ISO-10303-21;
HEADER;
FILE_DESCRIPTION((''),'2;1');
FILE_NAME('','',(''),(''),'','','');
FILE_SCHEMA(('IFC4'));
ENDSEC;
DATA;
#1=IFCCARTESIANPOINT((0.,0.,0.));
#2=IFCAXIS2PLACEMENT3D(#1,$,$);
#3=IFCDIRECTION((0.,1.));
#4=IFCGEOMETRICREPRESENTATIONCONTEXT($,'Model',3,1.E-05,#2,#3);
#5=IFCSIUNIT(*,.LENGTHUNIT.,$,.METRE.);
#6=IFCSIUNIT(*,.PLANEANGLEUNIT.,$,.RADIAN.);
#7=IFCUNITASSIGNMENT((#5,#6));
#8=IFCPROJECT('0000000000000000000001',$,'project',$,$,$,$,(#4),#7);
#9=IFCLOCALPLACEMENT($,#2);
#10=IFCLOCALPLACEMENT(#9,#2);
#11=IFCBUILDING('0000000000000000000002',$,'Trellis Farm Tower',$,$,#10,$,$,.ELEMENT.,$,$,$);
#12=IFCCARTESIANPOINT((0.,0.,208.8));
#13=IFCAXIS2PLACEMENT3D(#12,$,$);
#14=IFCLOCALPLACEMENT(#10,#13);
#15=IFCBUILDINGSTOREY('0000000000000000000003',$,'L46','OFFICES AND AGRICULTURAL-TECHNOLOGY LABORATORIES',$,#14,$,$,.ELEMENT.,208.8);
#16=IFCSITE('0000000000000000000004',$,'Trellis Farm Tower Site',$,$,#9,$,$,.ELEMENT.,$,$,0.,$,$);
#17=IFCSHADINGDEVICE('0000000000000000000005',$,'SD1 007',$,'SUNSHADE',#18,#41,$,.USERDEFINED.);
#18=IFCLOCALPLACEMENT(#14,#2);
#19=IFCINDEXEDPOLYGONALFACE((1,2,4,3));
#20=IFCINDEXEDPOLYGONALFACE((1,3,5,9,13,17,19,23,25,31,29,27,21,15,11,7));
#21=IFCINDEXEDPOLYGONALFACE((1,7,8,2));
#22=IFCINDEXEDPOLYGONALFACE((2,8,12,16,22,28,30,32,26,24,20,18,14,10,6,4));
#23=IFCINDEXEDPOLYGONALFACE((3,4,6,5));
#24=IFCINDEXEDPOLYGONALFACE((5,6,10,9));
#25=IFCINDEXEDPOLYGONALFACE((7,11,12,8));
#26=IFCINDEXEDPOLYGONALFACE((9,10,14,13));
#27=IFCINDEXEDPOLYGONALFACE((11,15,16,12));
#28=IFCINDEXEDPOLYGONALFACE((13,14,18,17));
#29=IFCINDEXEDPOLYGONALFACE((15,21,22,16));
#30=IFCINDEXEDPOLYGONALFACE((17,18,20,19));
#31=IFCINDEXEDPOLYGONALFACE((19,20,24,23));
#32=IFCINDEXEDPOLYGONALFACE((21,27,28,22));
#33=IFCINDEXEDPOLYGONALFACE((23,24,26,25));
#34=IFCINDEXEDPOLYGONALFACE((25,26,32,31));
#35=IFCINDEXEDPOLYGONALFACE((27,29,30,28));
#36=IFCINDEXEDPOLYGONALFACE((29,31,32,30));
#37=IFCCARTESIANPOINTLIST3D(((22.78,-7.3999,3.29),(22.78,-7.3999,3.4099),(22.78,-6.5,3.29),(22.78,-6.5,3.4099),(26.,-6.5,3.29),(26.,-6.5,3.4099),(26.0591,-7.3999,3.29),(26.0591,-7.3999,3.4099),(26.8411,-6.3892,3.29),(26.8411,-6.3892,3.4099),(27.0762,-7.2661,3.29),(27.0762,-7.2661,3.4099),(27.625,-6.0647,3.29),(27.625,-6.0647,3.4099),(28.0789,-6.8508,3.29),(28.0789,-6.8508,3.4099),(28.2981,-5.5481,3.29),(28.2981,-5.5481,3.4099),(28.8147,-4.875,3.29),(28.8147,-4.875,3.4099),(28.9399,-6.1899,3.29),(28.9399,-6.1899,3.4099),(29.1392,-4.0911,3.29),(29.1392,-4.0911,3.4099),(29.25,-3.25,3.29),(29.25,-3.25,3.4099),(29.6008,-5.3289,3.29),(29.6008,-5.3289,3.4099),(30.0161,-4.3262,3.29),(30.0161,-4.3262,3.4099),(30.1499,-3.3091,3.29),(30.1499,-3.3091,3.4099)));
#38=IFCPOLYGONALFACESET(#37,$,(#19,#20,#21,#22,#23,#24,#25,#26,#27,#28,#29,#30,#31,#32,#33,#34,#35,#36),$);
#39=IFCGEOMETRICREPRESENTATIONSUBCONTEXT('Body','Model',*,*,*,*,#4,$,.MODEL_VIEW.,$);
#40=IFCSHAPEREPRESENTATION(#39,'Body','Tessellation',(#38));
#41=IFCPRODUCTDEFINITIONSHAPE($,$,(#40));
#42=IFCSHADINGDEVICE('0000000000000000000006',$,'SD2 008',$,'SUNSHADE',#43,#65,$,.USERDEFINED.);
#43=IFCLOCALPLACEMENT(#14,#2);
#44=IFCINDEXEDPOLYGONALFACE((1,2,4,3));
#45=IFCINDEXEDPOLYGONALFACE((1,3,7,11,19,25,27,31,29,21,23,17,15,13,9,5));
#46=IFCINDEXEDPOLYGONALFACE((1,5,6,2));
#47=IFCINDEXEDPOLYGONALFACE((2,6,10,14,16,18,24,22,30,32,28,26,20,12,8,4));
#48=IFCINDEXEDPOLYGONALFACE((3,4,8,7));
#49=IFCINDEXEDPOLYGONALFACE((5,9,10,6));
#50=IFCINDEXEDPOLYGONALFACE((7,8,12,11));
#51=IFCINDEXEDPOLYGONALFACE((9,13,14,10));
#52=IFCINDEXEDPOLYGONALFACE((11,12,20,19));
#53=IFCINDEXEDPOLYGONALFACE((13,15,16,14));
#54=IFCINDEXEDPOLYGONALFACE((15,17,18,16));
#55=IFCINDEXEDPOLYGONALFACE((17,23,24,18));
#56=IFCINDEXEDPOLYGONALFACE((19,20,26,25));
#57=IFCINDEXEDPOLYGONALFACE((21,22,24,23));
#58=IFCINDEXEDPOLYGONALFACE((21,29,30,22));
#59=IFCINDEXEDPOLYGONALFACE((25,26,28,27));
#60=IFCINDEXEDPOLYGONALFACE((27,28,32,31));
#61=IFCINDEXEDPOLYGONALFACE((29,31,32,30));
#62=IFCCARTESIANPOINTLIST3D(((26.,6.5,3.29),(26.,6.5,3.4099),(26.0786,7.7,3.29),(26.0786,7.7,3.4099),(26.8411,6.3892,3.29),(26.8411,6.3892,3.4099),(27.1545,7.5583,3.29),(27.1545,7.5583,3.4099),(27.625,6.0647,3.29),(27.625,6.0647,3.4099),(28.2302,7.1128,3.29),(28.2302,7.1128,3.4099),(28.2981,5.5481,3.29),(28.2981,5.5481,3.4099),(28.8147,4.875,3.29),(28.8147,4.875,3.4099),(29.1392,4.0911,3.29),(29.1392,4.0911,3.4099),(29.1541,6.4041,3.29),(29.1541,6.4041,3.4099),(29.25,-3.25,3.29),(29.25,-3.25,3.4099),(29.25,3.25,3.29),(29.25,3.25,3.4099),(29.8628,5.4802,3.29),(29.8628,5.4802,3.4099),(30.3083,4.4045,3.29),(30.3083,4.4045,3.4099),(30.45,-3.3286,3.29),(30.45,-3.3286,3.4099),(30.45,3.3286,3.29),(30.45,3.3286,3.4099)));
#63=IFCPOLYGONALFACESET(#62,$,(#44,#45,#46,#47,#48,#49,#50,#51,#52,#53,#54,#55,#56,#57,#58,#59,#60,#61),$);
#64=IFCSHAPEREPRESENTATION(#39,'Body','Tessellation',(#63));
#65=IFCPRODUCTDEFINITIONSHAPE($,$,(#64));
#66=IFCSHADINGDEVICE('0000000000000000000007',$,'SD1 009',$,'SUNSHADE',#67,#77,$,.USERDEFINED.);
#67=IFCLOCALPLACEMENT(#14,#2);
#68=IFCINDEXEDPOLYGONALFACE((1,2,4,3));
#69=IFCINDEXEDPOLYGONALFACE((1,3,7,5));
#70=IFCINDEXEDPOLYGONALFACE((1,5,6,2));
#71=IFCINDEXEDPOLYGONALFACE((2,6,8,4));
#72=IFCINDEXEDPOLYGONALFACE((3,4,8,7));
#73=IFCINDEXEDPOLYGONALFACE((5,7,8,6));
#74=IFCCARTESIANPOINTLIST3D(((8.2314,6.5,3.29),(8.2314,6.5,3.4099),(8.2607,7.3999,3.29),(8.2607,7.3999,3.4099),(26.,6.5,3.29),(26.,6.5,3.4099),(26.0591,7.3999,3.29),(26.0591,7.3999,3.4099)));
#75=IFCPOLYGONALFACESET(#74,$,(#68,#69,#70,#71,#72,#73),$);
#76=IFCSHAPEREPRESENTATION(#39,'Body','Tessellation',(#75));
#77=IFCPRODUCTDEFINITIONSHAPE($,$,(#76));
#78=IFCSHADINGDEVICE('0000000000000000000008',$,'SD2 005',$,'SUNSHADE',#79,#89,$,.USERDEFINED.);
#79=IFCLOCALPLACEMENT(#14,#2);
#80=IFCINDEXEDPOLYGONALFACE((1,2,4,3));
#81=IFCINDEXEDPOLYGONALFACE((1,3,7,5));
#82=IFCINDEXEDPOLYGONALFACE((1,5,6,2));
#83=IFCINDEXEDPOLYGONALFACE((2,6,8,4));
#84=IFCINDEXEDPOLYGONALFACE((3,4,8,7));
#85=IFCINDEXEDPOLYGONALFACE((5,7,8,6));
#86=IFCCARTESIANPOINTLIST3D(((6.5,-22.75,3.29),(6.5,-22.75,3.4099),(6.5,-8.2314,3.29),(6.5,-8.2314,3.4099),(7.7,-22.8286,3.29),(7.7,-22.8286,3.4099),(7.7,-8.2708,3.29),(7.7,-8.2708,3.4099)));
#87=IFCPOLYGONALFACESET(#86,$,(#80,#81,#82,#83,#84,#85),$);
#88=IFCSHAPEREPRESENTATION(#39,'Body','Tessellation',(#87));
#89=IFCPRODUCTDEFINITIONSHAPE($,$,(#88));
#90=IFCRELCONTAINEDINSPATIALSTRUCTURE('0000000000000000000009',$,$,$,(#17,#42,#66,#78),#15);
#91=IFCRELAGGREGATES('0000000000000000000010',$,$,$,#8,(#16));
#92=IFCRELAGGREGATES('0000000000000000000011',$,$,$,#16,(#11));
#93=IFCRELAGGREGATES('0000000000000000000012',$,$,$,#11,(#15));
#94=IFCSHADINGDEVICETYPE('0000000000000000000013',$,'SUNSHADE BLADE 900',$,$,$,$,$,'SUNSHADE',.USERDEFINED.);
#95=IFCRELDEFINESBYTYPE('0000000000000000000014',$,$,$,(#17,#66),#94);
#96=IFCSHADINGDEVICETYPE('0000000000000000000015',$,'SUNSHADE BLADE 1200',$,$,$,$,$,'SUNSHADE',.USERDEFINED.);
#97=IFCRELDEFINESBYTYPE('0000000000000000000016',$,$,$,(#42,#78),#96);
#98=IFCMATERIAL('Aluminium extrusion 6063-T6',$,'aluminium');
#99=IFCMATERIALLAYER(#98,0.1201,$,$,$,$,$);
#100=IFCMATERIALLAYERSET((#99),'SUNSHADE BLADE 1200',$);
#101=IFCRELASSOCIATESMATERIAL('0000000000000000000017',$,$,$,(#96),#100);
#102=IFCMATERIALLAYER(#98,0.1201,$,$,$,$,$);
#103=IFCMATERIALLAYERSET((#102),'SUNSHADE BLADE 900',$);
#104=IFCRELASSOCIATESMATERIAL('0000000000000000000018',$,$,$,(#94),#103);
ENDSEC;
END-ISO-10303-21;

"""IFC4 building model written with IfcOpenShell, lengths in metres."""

from ifc_helpers import new_model, si_unit, direction, frame, origin, place, context, subcontext, project, spatial, polyline, outline, extrude, source, transform, mapped, material, layer, layer_set, type_object, element, save


model = new_model("IFC4")

# Units and contexts
model_context = context("Model", 3, precision=1e-05, world=origin(), true_north=direction((0.0, 1.0)))
body_context = subcontext(model_context, "Body", "Model", "MODEL_VIEW")
ifc_project = project(units=[si_unit("LENGTHUNIT", "METRE"), si_unit("PLANEANGLEUNIT", "RADIAN")], contexts=[model_context])

# Site, building, storey
site_placement = place(None, origin())
site = spatial("IfcSite", under=ifc_project, at=site_placement, Name="Trellis Farm Tower Site", CompositionType="ELEMENT", RefElevation=0.0)
building_placement = place(site_placement, origin())
building = spatial("IfcBuilding", under=site, at=building_placement, Name="Trellis Farm Tower", CompositionType="ELEMENT")
storey_placement = place(building_placement, frame((0.0, 0.0, 208.8)))
storey = spatial("IfcBuildingStorey", under=building, at=storey_placement, Name="L46", Description="OFFICES AND AGRICULTURAL-TECHNOLOGY LABORATORIES", CompositionType="ELEMENT", Elevation=208.8)

# Shared definitions
ifc_material_1 = material(Name="Aluminium extrusion 6063-T6", Category="aluminium")

# Shading devices
ifc_layer_1 = layer(ifc_material_1, 0.1201)
ifc_layer_set_1 = layer_set([ifc_layer_1], Name="SUNSHADE BLADE 1200")
shading_device_type_1 = type_object("IfcShadingDeviceType", Name="SUNSHADE BLADE 1200", ElementType="SUNSHADE", PredefinedType="USERDEFINED", material=ifc_layer_set_1)
placement_1 = place(storey_placement, frame((0.0, 0.0, 3.29)))
ifc_layer_2 = layer(ifc_material_1, 0.1201)
ifc_layer_set_2 = layer_set([ifc_layer_2], Name="SUNSHADE BLADE 900")
shading_device_type_2 = type_object("IfcShadingDeviceType", Name="SUNSHADE BLADE 900", ElementType="SUNSHADE", PredefinedType="USERDEFINED", material=ifc_layer_set_2)
shared_shape_1 = source(origin(), body_context, "Body", "SweptSolid", [
    extrude(outline(polyline([(22.78, -7.3999), (26.0591, -7.3999), (27.0762, -7.2661), (28.0789, -6.8508), (28.9399, -6.1899), (29.6008, -5.3289), (30.0161, -4.3262), (30.1499, -3.3091), (29.25, -3.25), (29.1392, -4.0911), (28.8147, -4.875), (28.2981, -5.5481), (27.625, -6.0647), (26.8411, -6.3892), (26.0, -6.5), (22.78, -6.5), (22.78, -7.3999)])), origin(), (0.0, 0.0, 1.0), 0.1199),
])
element("IfcShadingDevice", 1, at=placement_1, inside=storey, type_object=shading_device_type_2, Name="SD1 007", ObjectType="SUNSHADE", PredefinedType="USERDEFINED", context=body_context, shape_type="MappedRepresentation", body=[
    mapped(shared_shape_1, transform((0.0, 0.0, 0.0))),
])
shared_shape_2 = source(origin(), body_context, "Body", "SweptSolid", [
    extrude(outline(polyline([(30.45, -3.3286), (30.45, 3.3286), (30.3083, 4.4045), (29.8628, 5.4802), (29.1541, 6.4041), (28.2302, 7.1128), (27.1545, 7.5583), (26.0786, 7.7), (26.0, 6.5), (26.8411, 6.3892), (27.625, 6.0647), (28.2981, 5.5481), (28.8147, 4.875), (29.1392, 4.0911), (29.25, 3.25), (29.25, -3.25), (30.45, -3.3286)])), origin(), (0.0, 0.0, 1.0), 0.1199),
])
element("IfcShadingDevice", 2, at=placement_1, inside=storey, type_object=shading_device_type_1, Name="SD2 008", ObjectType="SUNSHADE", PredefinedType="USERDEFINED", context=body_context, shape_type="MappedRepresentation", body=[
    mapped(shared_shape_2, transform((0.0, 0.0, 0.0))),
])
shared_shape_3 = source(origin(), body_context, "Body", "SweptSolid", [
    extrude(outline(polyline([(26.0591, 7.3999), (8.2607, 7.3999), (8.2314, 6.5), (26.0, 6.5), (26.0591, 7.3999)])), origin(), (0.0, 0.0, 1.0), 0.1199),
])
element("IfcShadingDevice", 3, at=placement_1, inside=storey, type_object=shading_device_type_2, Name="SD1 009", ObjectType="SUNSHADE", PredefinedType="USERDEFINED", context=body_context, shape_type="MappedRepresentation", body=[
    mapped(shared_shape_3, transform((0.0, 0.0, 0.0))),
])
shared_shape_4 = source(origin(), body_context, "Body", "SweptSolid", [
    extrude(outline(polyline([(7.7, -22.8286), (7.7, -8.2708), (6.5, -8.2314), (6.5, -22.75), (7.7, -22.8286)])), origin(), (0.0, 0.0, 1.0), 0.1199),
])
element("IfcShadingDevice", 4, at=placement_1, inside=storey, type_object=shading_device_type_1, Name="SD2 005", ObjectType="SUNSHADE", PredefinedType="USERDEFINED", context=body_context, shape_type="MappedRepresentation", body=[
    mapped(shared_shape_4, transform((0.0, 0.0, 0.0))),
])

save(model, "model.ifc")
